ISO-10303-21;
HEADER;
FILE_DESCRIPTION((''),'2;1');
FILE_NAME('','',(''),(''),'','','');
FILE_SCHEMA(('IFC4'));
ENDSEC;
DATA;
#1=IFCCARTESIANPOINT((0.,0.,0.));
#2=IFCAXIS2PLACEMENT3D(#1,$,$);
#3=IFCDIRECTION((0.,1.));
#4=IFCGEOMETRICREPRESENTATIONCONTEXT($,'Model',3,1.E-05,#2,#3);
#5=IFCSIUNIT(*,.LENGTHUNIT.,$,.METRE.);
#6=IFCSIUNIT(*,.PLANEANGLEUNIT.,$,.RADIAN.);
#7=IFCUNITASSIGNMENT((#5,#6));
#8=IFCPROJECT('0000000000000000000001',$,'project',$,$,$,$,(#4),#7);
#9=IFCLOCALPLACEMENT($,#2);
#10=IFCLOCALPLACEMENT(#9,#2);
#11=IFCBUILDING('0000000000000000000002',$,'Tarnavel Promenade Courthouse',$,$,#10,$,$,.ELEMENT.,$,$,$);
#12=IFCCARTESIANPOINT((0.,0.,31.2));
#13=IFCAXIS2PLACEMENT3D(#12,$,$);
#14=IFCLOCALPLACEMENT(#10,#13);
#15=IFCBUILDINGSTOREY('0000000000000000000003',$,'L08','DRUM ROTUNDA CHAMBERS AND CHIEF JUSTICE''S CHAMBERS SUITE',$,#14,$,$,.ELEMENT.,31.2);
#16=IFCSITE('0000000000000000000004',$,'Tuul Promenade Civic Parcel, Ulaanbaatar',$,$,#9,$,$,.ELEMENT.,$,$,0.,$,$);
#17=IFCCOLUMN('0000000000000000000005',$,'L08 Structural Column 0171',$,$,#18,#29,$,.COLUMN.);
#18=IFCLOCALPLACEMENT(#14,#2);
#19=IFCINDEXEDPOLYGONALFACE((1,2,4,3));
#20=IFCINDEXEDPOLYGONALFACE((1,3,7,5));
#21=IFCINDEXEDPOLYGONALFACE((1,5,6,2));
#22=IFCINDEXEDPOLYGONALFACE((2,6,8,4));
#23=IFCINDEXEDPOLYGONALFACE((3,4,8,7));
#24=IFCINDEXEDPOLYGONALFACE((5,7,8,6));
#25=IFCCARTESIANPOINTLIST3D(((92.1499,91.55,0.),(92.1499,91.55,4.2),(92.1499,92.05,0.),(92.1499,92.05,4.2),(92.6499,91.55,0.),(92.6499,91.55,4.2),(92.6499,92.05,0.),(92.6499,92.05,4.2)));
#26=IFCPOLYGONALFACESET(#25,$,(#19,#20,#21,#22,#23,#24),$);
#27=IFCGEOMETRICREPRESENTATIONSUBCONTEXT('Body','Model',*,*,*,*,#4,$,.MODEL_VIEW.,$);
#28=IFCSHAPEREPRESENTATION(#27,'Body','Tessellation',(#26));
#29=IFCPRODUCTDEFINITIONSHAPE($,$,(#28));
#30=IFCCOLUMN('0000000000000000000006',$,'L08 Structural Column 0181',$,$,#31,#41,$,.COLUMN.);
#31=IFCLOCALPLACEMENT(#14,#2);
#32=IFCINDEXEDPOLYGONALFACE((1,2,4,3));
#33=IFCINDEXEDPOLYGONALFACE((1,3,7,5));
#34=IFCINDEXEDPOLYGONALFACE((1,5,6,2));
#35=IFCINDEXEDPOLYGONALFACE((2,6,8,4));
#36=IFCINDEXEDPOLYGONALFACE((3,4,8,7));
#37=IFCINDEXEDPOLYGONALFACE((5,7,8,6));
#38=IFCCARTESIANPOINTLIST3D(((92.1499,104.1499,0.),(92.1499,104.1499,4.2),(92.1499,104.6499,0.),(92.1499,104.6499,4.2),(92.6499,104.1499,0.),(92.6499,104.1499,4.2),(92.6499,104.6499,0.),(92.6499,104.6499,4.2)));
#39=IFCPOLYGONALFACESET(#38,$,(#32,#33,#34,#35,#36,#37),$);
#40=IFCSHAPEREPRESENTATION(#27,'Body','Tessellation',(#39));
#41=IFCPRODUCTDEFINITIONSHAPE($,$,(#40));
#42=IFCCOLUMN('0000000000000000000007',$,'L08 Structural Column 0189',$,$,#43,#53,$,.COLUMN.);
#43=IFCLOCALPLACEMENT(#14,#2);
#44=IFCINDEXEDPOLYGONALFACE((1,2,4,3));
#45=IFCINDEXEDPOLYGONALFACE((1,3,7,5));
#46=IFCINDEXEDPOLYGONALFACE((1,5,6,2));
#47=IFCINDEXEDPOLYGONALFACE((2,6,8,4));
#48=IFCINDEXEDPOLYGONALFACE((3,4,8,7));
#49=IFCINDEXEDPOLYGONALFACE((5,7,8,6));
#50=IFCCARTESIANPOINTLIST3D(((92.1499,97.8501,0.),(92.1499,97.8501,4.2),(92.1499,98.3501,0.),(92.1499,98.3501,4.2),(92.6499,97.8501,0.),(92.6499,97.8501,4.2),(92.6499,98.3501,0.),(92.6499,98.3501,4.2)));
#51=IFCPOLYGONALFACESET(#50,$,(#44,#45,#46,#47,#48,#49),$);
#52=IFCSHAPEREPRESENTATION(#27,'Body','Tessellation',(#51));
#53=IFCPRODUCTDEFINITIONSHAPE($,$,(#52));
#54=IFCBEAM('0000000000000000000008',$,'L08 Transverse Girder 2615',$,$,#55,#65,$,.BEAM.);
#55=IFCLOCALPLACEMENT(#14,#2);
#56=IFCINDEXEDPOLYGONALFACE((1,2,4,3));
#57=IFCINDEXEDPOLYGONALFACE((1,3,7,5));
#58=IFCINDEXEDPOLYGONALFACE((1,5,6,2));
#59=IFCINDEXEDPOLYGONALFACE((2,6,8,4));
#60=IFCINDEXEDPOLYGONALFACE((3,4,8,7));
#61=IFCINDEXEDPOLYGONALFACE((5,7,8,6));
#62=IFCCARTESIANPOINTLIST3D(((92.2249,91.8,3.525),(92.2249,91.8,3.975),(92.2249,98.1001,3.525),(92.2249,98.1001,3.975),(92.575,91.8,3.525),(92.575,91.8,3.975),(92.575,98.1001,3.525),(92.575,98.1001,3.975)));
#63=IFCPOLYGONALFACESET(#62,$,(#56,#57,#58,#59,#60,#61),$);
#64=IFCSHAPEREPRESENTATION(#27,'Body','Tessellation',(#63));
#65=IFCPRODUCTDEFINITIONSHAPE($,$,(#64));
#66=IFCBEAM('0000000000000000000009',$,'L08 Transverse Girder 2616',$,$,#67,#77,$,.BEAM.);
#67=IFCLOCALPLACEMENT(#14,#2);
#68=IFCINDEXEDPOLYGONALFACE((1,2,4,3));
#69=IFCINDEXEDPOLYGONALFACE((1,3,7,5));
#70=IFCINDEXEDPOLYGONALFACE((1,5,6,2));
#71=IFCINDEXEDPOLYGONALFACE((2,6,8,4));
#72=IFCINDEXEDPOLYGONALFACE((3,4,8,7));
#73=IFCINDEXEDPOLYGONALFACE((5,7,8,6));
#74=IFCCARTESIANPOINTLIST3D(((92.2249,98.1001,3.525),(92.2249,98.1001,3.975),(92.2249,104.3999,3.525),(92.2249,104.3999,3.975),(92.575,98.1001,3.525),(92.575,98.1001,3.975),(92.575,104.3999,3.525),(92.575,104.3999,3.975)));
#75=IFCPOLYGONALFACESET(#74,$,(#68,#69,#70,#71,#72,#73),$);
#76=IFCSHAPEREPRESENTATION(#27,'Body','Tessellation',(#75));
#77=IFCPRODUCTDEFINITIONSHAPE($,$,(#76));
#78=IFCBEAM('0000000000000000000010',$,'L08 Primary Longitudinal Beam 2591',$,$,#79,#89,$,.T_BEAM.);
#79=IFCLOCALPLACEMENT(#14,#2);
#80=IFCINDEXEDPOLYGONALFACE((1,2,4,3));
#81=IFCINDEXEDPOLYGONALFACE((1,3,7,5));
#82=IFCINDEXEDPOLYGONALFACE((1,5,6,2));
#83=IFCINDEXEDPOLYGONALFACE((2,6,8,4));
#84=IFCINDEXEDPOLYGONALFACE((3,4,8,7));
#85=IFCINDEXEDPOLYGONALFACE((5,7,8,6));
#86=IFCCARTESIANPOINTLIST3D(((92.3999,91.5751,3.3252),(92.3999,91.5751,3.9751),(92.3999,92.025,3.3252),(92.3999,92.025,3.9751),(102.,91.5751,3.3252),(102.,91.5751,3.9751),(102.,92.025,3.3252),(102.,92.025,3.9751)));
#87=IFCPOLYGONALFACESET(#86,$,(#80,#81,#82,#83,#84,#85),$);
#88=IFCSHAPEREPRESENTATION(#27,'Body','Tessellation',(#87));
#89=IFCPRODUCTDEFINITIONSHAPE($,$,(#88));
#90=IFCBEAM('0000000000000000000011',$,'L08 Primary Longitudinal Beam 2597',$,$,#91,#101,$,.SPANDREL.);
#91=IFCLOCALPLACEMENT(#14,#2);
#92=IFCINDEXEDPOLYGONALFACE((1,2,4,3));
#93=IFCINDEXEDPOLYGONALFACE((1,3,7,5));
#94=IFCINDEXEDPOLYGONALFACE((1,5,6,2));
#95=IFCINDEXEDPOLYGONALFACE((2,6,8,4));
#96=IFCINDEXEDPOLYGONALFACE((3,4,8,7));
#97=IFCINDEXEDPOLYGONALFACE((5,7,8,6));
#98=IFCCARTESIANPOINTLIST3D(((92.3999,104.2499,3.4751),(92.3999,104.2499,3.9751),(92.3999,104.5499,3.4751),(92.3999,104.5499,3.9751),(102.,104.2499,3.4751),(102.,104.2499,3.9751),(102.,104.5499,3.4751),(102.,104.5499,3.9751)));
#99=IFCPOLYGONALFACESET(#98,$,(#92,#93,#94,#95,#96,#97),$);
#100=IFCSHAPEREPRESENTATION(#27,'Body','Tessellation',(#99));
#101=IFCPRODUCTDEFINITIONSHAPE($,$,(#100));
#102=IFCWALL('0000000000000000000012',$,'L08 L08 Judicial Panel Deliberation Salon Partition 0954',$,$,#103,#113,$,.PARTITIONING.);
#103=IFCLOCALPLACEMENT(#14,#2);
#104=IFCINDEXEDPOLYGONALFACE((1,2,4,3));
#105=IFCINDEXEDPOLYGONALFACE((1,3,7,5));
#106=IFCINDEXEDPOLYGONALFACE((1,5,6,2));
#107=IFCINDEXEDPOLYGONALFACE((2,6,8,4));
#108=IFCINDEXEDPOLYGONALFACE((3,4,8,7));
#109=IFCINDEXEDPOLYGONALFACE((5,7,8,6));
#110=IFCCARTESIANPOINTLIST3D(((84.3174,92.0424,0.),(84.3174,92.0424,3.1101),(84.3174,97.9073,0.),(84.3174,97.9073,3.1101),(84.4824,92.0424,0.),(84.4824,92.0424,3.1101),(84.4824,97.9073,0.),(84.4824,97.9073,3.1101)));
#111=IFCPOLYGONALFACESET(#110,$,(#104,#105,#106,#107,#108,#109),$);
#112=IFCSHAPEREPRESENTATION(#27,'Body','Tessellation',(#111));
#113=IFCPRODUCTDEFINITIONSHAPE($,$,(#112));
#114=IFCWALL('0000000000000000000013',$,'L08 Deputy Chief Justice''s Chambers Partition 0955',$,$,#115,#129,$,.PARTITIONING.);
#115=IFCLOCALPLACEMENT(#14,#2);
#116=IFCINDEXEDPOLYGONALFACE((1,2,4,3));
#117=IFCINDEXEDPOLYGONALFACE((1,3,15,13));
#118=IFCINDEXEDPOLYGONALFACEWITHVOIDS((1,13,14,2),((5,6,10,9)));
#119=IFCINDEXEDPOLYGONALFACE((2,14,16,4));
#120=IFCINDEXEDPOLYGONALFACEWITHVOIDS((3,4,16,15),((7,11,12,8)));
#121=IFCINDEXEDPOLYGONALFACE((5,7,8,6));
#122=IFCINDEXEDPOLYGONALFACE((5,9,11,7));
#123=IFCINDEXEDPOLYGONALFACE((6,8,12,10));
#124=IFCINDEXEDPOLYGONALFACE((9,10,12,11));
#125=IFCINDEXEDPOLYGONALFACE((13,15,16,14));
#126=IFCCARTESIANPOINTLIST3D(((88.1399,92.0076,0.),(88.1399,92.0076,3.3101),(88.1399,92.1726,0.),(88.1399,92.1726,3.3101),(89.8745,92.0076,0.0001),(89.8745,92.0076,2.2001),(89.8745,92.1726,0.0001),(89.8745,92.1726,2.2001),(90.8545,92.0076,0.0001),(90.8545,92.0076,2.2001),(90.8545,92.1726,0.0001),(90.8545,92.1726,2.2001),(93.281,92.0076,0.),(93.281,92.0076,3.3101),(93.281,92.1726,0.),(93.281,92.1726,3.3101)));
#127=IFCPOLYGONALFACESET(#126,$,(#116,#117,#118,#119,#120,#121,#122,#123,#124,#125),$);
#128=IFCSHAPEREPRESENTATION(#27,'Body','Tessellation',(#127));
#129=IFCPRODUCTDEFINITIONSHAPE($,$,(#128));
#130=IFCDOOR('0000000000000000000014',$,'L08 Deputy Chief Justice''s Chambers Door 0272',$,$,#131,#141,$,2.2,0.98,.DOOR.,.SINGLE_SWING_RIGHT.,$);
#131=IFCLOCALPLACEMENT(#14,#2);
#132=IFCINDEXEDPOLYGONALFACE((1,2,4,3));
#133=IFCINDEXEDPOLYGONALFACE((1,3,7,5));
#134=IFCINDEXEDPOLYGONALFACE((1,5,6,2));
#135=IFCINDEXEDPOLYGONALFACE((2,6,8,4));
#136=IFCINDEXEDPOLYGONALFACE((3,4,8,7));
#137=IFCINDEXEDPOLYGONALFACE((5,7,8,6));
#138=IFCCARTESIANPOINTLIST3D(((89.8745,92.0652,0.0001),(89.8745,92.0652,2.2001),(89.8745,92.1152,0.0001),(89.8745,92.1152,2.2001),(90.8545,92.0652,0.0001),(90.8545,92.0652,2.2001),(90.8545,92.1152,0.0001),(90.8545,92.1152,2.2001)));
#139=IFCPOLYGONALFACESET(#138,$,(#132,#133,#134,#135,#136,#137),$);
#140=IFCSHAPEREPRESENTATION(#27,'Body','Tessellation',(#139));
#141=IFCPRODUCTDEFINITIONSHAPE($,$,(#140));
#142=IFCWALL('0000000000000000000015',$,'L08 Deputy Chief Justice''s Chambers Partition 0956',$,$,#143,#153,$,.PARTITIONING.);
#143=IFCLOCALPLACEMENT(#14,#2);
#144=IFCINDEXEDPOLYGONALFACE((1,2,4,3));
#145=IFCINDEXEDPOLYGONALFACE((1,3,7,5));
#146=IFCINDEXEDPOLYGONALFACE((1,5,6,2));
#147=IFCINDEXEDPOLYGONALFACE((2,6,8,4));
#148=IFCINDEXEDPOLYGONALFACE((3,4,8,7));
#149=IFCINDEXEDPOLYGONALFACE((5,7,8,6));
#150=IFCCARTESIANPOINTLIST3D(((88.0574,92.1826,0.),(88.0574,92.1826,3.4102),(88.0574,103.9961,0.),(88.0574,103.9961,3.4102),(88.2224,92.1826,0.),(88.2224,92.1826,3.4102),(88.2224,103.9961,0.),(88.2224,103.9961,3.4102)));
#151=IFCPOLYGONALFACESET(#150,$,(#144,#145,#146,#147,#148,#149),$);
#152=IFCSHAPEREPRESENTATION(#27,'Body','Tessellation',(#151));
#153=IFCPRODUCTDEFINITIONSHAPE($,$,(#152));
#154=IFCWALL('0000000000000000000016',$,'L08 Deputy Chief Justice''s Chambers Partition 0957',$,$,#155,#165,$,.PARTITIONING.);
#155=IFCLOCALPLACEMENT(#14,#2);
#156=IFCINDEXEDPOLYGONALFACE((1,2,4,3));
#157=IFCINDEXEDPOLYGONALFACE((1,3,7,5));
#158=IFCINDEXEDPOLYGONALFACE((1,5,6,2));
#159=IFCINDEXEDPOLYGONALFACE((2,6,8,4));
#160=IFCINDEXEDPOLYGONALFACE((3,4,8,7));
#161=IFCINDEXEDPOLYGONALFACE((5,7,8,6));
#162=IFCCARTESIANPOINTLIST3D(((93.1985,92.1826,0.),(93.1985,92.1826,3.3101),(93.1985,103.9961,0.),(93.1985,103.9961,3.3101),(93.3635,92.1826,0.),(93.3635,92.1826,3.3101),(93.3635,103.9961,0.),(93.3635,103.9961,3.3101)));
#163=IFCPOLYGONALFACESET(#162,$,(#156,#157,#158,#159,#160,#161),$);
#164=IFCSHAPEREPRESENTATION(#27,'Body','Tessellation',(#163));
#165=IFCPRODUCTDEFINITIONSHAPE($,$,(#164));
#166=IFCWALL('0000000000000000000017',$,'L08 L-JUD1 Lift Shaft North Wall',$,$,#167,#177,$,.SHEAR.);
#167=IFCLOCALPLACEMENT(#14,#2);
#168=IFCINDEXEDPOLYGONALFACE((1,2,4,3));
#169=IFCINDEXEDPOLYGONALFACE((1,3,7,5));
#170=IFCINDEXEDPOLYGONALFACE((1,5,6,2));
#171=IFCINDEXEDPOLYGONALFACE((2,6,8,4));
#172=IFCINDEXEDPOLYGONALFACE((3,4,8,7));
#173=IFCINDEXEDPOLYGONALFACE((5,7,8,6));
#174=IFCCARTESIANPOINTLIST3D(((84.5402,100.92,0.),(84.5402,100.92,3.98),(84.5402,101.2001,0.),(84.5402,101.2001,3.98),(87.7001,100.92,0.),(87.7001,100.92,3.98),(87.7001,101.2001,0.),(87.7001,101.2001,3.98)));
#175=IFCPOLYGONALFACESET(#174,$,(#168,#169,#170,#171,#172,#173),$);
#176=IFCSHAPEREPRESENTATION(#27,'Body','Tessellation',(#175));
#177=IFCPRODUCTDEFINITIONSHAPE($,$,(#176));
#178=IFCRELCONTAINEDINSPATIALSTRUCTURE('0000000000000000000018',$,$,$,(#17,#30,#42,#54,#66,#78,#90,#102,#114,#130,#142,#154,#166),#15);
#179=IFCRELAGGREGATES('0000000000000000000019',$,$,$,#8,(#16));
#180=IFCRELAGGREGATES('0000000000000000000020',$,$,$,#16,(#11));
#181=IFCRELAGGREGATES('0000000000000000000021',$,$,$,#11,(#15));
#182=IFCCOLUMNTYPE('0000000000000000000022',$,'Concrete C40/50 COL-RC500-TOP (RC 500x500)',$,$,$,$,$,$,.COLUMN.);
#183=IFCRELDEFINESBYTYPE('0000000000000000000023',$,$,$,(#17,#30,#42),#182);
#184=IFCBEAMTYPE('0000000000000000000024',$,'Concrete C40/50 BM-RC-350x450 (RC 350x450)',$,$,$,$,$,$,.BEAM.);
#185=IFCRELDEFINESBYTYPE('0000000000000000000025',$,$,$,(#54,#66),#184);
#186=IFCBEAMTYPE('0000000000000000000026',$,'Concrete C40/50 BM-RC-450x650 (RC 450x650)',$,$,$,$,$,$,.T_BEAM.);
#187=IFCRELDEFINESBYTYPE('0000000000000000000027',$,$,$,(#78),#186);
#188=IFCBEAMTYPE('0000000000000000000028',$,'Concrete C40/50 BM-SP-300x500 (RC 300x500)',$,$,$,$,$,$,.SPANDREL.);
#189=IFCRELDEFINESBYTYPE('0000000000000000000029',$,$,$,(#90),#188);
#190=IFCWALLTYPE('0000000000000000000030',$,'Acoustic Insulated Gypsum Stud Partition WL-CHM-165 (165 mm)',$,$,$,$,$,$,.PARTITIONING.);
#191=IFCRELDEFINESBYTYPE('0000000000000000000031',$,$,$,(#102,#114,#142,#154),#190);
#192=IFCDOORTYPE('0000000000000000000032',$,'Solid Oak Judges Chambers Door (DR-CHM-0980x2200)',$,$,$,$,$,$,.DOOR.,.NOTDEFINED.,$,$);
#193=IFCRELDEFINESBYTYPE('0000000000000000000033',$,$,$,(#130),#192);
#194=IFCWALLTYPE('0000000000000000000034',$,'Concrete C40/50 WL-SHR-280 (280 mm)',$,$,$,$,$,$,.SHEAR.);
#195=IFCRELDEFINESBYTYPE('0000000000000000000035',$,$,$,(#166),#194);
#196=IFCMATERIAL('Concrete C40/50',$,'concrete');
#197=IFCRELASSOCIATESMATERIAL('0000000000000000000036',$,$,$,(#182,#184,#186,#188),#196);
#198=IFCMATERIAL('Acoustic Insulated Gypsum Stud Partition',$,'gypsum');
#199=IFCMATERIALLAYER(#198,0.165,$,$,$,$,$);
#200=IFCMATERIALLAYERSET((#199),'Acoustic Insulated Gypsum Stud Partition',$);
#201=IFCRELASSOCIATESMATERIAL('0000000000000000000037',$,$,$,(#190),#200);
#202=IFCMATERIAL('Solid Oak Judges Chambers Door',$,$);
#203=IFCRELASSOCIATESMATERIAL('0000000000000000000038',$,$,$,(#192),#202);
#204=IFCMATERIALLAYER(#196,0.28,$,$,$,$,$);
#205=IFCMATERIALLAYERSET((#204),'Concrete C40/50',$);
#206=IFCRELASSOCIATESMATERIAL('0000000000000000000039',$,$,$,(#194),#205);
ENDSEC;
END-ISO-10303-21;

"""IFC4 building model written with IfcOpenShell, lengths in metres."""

from ifc_helpers import new_model, si_unit, direction, frame, frame_2d, origin, origin_2d, place, context, subcontext, project, spatial, rectangle, extrude, material, layer, layer_set, material_profile, profile_set, type_object, element, fill, save


model = new_model("IFC4")

# Units and contexts
model_context = context("Model", 3, precision=1e-05, world=origin(), true_north=direction((0.0, 1.0)))
body_context = subcontext(model_context, "Body", "Model", "MODEL_VIEW")
ifc_project = project(units=[si_unit("LENGTHUNIT", "METRE"), si_unit("PLANEANGLEUNIT", "RADIAN")], contexts=[model_context])

# Site, building, storey
site_placement = place(None, origin())
site = spatial("IfcSite", under=ifc_project, at=site_placement, Name="Tuul Promenade Civic Parcel, Ulaanbaatar", CompositionType="ELEMENT", RefElevation=0.0)
building_placement = place(site_placement, origin())
building = spatial("IfcBuilding", under=site, at=building_placement, Name="Tarnavel Promenade Courthouse", CompositionType="ELEMENT")
storey_placement = place(building_placement, frame((0.0, 0.0, 31.2)))
storey = spatial("IfcBuildingStorey", under=building, at=storey_placement, Name="L08", Description="DRUM ROTUNDA CHAMBERS AND CHIEF JUSTICE'S CHAMBERS SUITE", CompositionType="ELEMENT", Elevation=31.2)

# Columns
ifc_material_1 = material(Name="Concrete C40/50", Category="concrete")
ifc_material_profile_1 = material_profile(ifc_material_1, rectangle(XDim=0.5, YDim=0.5, at=origin_2d()), Name="RC 500x500")
ifc_profile_set_1 = profile_set([ifc_material_profile_1], Name="Concrete C40/50")
column_type = type_object("IfcColumnType", Name="Concrete C40/50 COL-RC500-TOP (RC 500x500)", PredefinedType="COLUMN", material=ifc_profile_set_1)
for number, where, z_axis, x_axis, name in (
    (1, (92.3999, 91.8, 0.0), (0.0, 0.0, 1.0), (1.0, 0.0, 0.0), "L08 Structural Column 0171"),
    (2, (92.3999, 104.3999, 0.0), (0.0, 0.0, 1.0), (1.0, 0.0, 0.0), "L08 Structural Column 0181"),
    (3, (92.3999, 98.1001, 0.0), (0.0, 0.0, 1.0), (1.0, 0.0, 0.0), "L08 Structural Column 0189"),
):
    element("IfcColumn", number, at=place(storey_placement, frame(where, z_axis=z_axis, x_axis=x_axis)), inside=storey, type_object=column_type, Name=name, PredefinedType="COLUMN", context=body_context, shape_type="SweptSolid", body=[
        extrude(rectangle(XDim=0.5, YDim=0.5, at=origin_2d()), origin(), (0.0, 0.0, 1.0), 4.2),
    ])

# Beams
ifc_material_profile_2 = material_profile(ifc_material_1, rectangle(XDim=0.3501, YDim=0.45, at=origin_2d()), Name="RC 350x450")
ifc_profile_set_2 = profile_set([ifc_material_profile_2], Name="Concrete C40/50")
beam_type_1 = type_object("IfcBeamType", Name="Concrete C40/50 BM-RC-350x450 (RC 350x450)", PredefinedType="BEAM", material=ifc_profile_set_2)
beam_1_placement = place(storey_placement, frame((92.3999, 91.8, 3.75), z_axis=(0.0, 1.0, 0.0), x_axis=(-1.0, 0.0, 0.0)))
element("IfcBeam", 4, at=beam_1_placement, inside=storey, type_object=beam_type_1, Name="L08 Transverse Girder 2615", PredefinedType="BEAM", context=body_context, shape_type="SweptSolid", body=[
    extrude(rectangle(XDim=0.3501, YDim=0.45, at=origin_2d()), origin(), (0.0, 0.0, 1.0), 6.3),
])
beam_2_placement = place(storey_placement, frame((92.3999, 98.1001, 3.75), z_axis=(0.0, 1.0, 0.0), x_axis=(-1.0, 0.0, 0.0)))
element("IfcBeam", 5, at=beam_2_placement, inside=storey, type_object=beam_type_1, Name="L08 Transverse Girder 2616", PredefinedType="BEAM", context=body_context, shape_type="SweptSolid", body=[
    extrude(rectangle(XDim=0.3501, YDim=0.45, at=origin_2d()), origin(), (0.0, 0.0, 1.0), 6.2998),
])
ifc_material_profile_3 = material_profile(ifc_material_1, rectangle(XDim=0.45, YDim=0.6499, at=origin_2d()), Name="RC 450x650")
ifc_profile_set_3 = profile_set([ifc_material_profile_3], Name="Concrete C40/50")
beam_type_2 = type_object("IfcBeamType", Name="Concrete C40/50 BM-RC-450x650 (RC 450x650)", PredefinedType="T_BEAM", material=ifc_profile_set_3)
beam_3_placement = place(storey_placement, frame((92.3999, 91.8, 3.6501), z_axis=(1.0, 0.0, 0.0), x_axis=(0.0, 1.0, 0.0)))
element("IfcBeam", 6, at=beam_3_placement, inside=storey, type_object=beam_type_2, Name="L08 Primary Longitudinal Beam 2591", PredefinedType="T_BEAM", context=body_context, shape_type="SweptSolid", body=[
    extrude(rectangle(XDim=0.45, YDim=0.6499, at=origin_2d()), origin(), (0.0, 0.0, 1.0), 9.6001),
])
ifc_material_profile_4 = material_profile(ifc_material_1, rectangle(XDim=0.3, YDim=0.5, at=origin_2d()), Name="RC 300x500")
ifc_profile_set_4 = profile_set([ifc_material_profile_4], Name="Concrete C40/50")
beam_type_3 = type_object("IfcBeamType", Name="Concrete C40/50 BM-SP-300x500 (RC 300x500)", PredefinedType="SPANDREL", material=ifc_profile_set_4)
beam_4_placement = place(storey_placement, frame((92.3999, 104.3999, 3.7251), z_axis=(1.0, 0.0, 0.0), x_axis=(0.0, 1.0, 0.0)))
element("IfcBeam", 7, at=beam_4_placement, inside=storey, type_object=beam_type_3, Name="L08 Primary Longitudinal Beam 2597", PredefinedType="SPANDREL", context=body_context, shape_type="SweptSolid", body=[
    extrude(rectangle(XDim=0.3, YDim=0.5, at=origin_2d()), origin(), (0.0, 0.0, 1.0), 9.6001),
])

# Wall
ifc_material_2 = material(Name="Acoustic Insulated Gypsum Stud Partition", Category="gypsum")
ifc_layer_1 = layer(ifc_material_2, 0.165)
ifc_layer_set_1 = layer_set([ifc_layer_1], Name="Acoustic Insulated Gypsum Stud Partition")
wall_type_1 = type_object("IfcWallType", Name="Acoustic Insulated Gypsum Stud Partition WL-CHM-165 (165 mm)", PredefinedType="PARTITIONING", material=ifc_layer_set_1)
wall_1_placement = place(storey_placement, frame((84.3999, 97.9075, 0.0), z_axis=(0.0, 0.0, 1.0), x_axis=(0.0, -1.0, 0.0)))
element("IfcWall", 8, at=wall_1_placement, inside=storey, type_object=wall_type_1, Name="L08 L08 Judicial Panel Deliberation Salon Partition 0954", PredefinedType="PARTITIONING", context=body_context, shape_type="SweptSolid", body=[
    extrude(rectangle(XDim=5.865, YDim=0.165, at=frame_2d((2.9326, 0.0))), origin(), (0.0, 0.0, 1.0), 3.1101),
])

# Wall, opening, door
wall_2_placement = place(storey_placement, frame((93.281, 92.0901, 0.0), z_axis=(0.0, 0.0, 1.0), x_axis=(-1.0, 0.0, 0.0)))
wall_2 = element("IfcWall", 9, at=wall_2_placement, inside=storey, type_object=wall_type_1, Name="L08 Deputy Chief Justice's Chambers Partition 0955", PredefinedType="PARTITIONING", context=body_context, shape_type="SweptSolid", body=[
    extrude(rectangle(XDim=5.1411, YDim=0.165, at=frame_2d((2.5706, 0.0))), origin(), (0.0, 0.0, 1.0), 3.3101),
])
opening_1_placement = place(wall_2_placement, frame((2.4265, 0.0, 0.0)))
opening_1 = element("IfcOpeningElement", 10, at=opening_1_placement, cuts=wall_2, PredefinedType="OPENING", context=body_context, shape_type="SweptSolid", body=[
    extrude(rectangle(XDim=0.98, YDim=2.2, at=frame_2d((0.49, 1.1001))), frame((0.0, 0.0925, 0.0), z_axis=(0.0, -1.0, 0.0), x_axis=(1.0, 0.0, 0.0)), (0.0, 0.0, 1.0), 0.1851),
])
ifc_material_3 = material(Name="Solid Oak Judges Chambers Door")
door_type_1 = type_object("IfcDoorType", Name="Solid Oak Judges Chambers Door (DR-CHM-0980x2200)", OperationType="NOTDEFINED", PredefinedType="DOOR", material=ifc_material_3)
door_1_placement = place(opening_1_placement, origin())
door_1 = element("IfcDoor", 11, at=door_1_placement, inside=storey, type_object=door_type_1, Name="L08 Deputy Chief Justice's Chambers Door 0272", OperationType="SINGLE_SWING_RIGHT", OverallHeight=2.2, OverallWidth=0.98, PredefinedType="DOOR", context=body_context, shape_type="SweptSolid", body=[
    extrude(rectangle(XDim=0.98, YDim=2.2, at=frame_2d((0.49, 1.1001))), frame((0.0, 0.0249, 0.0), z_axis=(0.0, -1.0, 0.0), x_axis=(1.0, 0.0, 0.0)), (0.0, 0.0, 1.0), 0.05),
])
fill(opening_1, door_1)

# Walls
wall_3_placement = place(storey_placement, frame((88.1399, 92.1826, 0.0), z_axis=(0.0, 0.0, 1.0), x_axis=(0.0, 1.0, 0.0)))
element("IfcWall", 12, at=wall_3_placement, inside=storey, type_object=wall_type_1, Name="L08 Deputy Chief Justice's Chambers Partition 0956", PredefinedType="PARTITIONING", context=body_context, shape_type="SweptSolid", body=[
    extrude(rectangle(XDim=11.8135, YDim=0.165, at=frame_2d((5.9067, 0.0))), origin(), (0.0, 0.0, 1.0), 3.4102),
])
wall_4_placement = place(storey_placement, frame((93.281, 103.9961, 0.0), z_axis=(0.0, 0.0, 1.0), x_axis=(0.0, -1.0, 0.0)))
element("IfcWall", 13, at=wall_4_placement, inside=storey, type_object=wall_type_1, Name="L08 Deputy Chief Justice's Chambers Partition 0957", PredefinedType="PARTITIONING", context=body_context, shape_type="SweptSolid", body=[
    extrude(rectangle(XDim=11.8135, YDim=0.165, at=frame_2d((5.9067, 0.0))), origin(), (0.0, 0.0, 1.0), 3.3101),
])
ifc_layer_2 = layer(ifc_material_1, 0.28)
ifc_layer_set_2 = layer_set([ifc_layer_2], Name="Concrete C40/50")
wall_type_2 = type_object("IfcWallType", Name="Concrete C40/50 WL-SHR-280 (280 mm)", PredefinedType="SHEAR", material=ifc_layer_set_2)
wall_5_placement = place(storey_placement, frame((84.54, 101.0601, 0.0), z_axis=(0.0, 0.0, 1.0), x_axis=(1.0, 0.0, 0.0)))
element("IfcWall", 14, at=wall_5_placement, inside=storey, type_object=wall_type_2, Name="L08 L-JUD1 Lift Shaft North Wall", PredefinedType="SHEAR", context=body_context, shape_type="SweptSolid", body=[
    extrude(rectangle(XDim=3.1599, YDim=0.28, at=frame_2d((1.5801, 0.0))), origin(), (0.0, 0.0, 1.0), 3.98),
])

save(model, "model.ifc")
